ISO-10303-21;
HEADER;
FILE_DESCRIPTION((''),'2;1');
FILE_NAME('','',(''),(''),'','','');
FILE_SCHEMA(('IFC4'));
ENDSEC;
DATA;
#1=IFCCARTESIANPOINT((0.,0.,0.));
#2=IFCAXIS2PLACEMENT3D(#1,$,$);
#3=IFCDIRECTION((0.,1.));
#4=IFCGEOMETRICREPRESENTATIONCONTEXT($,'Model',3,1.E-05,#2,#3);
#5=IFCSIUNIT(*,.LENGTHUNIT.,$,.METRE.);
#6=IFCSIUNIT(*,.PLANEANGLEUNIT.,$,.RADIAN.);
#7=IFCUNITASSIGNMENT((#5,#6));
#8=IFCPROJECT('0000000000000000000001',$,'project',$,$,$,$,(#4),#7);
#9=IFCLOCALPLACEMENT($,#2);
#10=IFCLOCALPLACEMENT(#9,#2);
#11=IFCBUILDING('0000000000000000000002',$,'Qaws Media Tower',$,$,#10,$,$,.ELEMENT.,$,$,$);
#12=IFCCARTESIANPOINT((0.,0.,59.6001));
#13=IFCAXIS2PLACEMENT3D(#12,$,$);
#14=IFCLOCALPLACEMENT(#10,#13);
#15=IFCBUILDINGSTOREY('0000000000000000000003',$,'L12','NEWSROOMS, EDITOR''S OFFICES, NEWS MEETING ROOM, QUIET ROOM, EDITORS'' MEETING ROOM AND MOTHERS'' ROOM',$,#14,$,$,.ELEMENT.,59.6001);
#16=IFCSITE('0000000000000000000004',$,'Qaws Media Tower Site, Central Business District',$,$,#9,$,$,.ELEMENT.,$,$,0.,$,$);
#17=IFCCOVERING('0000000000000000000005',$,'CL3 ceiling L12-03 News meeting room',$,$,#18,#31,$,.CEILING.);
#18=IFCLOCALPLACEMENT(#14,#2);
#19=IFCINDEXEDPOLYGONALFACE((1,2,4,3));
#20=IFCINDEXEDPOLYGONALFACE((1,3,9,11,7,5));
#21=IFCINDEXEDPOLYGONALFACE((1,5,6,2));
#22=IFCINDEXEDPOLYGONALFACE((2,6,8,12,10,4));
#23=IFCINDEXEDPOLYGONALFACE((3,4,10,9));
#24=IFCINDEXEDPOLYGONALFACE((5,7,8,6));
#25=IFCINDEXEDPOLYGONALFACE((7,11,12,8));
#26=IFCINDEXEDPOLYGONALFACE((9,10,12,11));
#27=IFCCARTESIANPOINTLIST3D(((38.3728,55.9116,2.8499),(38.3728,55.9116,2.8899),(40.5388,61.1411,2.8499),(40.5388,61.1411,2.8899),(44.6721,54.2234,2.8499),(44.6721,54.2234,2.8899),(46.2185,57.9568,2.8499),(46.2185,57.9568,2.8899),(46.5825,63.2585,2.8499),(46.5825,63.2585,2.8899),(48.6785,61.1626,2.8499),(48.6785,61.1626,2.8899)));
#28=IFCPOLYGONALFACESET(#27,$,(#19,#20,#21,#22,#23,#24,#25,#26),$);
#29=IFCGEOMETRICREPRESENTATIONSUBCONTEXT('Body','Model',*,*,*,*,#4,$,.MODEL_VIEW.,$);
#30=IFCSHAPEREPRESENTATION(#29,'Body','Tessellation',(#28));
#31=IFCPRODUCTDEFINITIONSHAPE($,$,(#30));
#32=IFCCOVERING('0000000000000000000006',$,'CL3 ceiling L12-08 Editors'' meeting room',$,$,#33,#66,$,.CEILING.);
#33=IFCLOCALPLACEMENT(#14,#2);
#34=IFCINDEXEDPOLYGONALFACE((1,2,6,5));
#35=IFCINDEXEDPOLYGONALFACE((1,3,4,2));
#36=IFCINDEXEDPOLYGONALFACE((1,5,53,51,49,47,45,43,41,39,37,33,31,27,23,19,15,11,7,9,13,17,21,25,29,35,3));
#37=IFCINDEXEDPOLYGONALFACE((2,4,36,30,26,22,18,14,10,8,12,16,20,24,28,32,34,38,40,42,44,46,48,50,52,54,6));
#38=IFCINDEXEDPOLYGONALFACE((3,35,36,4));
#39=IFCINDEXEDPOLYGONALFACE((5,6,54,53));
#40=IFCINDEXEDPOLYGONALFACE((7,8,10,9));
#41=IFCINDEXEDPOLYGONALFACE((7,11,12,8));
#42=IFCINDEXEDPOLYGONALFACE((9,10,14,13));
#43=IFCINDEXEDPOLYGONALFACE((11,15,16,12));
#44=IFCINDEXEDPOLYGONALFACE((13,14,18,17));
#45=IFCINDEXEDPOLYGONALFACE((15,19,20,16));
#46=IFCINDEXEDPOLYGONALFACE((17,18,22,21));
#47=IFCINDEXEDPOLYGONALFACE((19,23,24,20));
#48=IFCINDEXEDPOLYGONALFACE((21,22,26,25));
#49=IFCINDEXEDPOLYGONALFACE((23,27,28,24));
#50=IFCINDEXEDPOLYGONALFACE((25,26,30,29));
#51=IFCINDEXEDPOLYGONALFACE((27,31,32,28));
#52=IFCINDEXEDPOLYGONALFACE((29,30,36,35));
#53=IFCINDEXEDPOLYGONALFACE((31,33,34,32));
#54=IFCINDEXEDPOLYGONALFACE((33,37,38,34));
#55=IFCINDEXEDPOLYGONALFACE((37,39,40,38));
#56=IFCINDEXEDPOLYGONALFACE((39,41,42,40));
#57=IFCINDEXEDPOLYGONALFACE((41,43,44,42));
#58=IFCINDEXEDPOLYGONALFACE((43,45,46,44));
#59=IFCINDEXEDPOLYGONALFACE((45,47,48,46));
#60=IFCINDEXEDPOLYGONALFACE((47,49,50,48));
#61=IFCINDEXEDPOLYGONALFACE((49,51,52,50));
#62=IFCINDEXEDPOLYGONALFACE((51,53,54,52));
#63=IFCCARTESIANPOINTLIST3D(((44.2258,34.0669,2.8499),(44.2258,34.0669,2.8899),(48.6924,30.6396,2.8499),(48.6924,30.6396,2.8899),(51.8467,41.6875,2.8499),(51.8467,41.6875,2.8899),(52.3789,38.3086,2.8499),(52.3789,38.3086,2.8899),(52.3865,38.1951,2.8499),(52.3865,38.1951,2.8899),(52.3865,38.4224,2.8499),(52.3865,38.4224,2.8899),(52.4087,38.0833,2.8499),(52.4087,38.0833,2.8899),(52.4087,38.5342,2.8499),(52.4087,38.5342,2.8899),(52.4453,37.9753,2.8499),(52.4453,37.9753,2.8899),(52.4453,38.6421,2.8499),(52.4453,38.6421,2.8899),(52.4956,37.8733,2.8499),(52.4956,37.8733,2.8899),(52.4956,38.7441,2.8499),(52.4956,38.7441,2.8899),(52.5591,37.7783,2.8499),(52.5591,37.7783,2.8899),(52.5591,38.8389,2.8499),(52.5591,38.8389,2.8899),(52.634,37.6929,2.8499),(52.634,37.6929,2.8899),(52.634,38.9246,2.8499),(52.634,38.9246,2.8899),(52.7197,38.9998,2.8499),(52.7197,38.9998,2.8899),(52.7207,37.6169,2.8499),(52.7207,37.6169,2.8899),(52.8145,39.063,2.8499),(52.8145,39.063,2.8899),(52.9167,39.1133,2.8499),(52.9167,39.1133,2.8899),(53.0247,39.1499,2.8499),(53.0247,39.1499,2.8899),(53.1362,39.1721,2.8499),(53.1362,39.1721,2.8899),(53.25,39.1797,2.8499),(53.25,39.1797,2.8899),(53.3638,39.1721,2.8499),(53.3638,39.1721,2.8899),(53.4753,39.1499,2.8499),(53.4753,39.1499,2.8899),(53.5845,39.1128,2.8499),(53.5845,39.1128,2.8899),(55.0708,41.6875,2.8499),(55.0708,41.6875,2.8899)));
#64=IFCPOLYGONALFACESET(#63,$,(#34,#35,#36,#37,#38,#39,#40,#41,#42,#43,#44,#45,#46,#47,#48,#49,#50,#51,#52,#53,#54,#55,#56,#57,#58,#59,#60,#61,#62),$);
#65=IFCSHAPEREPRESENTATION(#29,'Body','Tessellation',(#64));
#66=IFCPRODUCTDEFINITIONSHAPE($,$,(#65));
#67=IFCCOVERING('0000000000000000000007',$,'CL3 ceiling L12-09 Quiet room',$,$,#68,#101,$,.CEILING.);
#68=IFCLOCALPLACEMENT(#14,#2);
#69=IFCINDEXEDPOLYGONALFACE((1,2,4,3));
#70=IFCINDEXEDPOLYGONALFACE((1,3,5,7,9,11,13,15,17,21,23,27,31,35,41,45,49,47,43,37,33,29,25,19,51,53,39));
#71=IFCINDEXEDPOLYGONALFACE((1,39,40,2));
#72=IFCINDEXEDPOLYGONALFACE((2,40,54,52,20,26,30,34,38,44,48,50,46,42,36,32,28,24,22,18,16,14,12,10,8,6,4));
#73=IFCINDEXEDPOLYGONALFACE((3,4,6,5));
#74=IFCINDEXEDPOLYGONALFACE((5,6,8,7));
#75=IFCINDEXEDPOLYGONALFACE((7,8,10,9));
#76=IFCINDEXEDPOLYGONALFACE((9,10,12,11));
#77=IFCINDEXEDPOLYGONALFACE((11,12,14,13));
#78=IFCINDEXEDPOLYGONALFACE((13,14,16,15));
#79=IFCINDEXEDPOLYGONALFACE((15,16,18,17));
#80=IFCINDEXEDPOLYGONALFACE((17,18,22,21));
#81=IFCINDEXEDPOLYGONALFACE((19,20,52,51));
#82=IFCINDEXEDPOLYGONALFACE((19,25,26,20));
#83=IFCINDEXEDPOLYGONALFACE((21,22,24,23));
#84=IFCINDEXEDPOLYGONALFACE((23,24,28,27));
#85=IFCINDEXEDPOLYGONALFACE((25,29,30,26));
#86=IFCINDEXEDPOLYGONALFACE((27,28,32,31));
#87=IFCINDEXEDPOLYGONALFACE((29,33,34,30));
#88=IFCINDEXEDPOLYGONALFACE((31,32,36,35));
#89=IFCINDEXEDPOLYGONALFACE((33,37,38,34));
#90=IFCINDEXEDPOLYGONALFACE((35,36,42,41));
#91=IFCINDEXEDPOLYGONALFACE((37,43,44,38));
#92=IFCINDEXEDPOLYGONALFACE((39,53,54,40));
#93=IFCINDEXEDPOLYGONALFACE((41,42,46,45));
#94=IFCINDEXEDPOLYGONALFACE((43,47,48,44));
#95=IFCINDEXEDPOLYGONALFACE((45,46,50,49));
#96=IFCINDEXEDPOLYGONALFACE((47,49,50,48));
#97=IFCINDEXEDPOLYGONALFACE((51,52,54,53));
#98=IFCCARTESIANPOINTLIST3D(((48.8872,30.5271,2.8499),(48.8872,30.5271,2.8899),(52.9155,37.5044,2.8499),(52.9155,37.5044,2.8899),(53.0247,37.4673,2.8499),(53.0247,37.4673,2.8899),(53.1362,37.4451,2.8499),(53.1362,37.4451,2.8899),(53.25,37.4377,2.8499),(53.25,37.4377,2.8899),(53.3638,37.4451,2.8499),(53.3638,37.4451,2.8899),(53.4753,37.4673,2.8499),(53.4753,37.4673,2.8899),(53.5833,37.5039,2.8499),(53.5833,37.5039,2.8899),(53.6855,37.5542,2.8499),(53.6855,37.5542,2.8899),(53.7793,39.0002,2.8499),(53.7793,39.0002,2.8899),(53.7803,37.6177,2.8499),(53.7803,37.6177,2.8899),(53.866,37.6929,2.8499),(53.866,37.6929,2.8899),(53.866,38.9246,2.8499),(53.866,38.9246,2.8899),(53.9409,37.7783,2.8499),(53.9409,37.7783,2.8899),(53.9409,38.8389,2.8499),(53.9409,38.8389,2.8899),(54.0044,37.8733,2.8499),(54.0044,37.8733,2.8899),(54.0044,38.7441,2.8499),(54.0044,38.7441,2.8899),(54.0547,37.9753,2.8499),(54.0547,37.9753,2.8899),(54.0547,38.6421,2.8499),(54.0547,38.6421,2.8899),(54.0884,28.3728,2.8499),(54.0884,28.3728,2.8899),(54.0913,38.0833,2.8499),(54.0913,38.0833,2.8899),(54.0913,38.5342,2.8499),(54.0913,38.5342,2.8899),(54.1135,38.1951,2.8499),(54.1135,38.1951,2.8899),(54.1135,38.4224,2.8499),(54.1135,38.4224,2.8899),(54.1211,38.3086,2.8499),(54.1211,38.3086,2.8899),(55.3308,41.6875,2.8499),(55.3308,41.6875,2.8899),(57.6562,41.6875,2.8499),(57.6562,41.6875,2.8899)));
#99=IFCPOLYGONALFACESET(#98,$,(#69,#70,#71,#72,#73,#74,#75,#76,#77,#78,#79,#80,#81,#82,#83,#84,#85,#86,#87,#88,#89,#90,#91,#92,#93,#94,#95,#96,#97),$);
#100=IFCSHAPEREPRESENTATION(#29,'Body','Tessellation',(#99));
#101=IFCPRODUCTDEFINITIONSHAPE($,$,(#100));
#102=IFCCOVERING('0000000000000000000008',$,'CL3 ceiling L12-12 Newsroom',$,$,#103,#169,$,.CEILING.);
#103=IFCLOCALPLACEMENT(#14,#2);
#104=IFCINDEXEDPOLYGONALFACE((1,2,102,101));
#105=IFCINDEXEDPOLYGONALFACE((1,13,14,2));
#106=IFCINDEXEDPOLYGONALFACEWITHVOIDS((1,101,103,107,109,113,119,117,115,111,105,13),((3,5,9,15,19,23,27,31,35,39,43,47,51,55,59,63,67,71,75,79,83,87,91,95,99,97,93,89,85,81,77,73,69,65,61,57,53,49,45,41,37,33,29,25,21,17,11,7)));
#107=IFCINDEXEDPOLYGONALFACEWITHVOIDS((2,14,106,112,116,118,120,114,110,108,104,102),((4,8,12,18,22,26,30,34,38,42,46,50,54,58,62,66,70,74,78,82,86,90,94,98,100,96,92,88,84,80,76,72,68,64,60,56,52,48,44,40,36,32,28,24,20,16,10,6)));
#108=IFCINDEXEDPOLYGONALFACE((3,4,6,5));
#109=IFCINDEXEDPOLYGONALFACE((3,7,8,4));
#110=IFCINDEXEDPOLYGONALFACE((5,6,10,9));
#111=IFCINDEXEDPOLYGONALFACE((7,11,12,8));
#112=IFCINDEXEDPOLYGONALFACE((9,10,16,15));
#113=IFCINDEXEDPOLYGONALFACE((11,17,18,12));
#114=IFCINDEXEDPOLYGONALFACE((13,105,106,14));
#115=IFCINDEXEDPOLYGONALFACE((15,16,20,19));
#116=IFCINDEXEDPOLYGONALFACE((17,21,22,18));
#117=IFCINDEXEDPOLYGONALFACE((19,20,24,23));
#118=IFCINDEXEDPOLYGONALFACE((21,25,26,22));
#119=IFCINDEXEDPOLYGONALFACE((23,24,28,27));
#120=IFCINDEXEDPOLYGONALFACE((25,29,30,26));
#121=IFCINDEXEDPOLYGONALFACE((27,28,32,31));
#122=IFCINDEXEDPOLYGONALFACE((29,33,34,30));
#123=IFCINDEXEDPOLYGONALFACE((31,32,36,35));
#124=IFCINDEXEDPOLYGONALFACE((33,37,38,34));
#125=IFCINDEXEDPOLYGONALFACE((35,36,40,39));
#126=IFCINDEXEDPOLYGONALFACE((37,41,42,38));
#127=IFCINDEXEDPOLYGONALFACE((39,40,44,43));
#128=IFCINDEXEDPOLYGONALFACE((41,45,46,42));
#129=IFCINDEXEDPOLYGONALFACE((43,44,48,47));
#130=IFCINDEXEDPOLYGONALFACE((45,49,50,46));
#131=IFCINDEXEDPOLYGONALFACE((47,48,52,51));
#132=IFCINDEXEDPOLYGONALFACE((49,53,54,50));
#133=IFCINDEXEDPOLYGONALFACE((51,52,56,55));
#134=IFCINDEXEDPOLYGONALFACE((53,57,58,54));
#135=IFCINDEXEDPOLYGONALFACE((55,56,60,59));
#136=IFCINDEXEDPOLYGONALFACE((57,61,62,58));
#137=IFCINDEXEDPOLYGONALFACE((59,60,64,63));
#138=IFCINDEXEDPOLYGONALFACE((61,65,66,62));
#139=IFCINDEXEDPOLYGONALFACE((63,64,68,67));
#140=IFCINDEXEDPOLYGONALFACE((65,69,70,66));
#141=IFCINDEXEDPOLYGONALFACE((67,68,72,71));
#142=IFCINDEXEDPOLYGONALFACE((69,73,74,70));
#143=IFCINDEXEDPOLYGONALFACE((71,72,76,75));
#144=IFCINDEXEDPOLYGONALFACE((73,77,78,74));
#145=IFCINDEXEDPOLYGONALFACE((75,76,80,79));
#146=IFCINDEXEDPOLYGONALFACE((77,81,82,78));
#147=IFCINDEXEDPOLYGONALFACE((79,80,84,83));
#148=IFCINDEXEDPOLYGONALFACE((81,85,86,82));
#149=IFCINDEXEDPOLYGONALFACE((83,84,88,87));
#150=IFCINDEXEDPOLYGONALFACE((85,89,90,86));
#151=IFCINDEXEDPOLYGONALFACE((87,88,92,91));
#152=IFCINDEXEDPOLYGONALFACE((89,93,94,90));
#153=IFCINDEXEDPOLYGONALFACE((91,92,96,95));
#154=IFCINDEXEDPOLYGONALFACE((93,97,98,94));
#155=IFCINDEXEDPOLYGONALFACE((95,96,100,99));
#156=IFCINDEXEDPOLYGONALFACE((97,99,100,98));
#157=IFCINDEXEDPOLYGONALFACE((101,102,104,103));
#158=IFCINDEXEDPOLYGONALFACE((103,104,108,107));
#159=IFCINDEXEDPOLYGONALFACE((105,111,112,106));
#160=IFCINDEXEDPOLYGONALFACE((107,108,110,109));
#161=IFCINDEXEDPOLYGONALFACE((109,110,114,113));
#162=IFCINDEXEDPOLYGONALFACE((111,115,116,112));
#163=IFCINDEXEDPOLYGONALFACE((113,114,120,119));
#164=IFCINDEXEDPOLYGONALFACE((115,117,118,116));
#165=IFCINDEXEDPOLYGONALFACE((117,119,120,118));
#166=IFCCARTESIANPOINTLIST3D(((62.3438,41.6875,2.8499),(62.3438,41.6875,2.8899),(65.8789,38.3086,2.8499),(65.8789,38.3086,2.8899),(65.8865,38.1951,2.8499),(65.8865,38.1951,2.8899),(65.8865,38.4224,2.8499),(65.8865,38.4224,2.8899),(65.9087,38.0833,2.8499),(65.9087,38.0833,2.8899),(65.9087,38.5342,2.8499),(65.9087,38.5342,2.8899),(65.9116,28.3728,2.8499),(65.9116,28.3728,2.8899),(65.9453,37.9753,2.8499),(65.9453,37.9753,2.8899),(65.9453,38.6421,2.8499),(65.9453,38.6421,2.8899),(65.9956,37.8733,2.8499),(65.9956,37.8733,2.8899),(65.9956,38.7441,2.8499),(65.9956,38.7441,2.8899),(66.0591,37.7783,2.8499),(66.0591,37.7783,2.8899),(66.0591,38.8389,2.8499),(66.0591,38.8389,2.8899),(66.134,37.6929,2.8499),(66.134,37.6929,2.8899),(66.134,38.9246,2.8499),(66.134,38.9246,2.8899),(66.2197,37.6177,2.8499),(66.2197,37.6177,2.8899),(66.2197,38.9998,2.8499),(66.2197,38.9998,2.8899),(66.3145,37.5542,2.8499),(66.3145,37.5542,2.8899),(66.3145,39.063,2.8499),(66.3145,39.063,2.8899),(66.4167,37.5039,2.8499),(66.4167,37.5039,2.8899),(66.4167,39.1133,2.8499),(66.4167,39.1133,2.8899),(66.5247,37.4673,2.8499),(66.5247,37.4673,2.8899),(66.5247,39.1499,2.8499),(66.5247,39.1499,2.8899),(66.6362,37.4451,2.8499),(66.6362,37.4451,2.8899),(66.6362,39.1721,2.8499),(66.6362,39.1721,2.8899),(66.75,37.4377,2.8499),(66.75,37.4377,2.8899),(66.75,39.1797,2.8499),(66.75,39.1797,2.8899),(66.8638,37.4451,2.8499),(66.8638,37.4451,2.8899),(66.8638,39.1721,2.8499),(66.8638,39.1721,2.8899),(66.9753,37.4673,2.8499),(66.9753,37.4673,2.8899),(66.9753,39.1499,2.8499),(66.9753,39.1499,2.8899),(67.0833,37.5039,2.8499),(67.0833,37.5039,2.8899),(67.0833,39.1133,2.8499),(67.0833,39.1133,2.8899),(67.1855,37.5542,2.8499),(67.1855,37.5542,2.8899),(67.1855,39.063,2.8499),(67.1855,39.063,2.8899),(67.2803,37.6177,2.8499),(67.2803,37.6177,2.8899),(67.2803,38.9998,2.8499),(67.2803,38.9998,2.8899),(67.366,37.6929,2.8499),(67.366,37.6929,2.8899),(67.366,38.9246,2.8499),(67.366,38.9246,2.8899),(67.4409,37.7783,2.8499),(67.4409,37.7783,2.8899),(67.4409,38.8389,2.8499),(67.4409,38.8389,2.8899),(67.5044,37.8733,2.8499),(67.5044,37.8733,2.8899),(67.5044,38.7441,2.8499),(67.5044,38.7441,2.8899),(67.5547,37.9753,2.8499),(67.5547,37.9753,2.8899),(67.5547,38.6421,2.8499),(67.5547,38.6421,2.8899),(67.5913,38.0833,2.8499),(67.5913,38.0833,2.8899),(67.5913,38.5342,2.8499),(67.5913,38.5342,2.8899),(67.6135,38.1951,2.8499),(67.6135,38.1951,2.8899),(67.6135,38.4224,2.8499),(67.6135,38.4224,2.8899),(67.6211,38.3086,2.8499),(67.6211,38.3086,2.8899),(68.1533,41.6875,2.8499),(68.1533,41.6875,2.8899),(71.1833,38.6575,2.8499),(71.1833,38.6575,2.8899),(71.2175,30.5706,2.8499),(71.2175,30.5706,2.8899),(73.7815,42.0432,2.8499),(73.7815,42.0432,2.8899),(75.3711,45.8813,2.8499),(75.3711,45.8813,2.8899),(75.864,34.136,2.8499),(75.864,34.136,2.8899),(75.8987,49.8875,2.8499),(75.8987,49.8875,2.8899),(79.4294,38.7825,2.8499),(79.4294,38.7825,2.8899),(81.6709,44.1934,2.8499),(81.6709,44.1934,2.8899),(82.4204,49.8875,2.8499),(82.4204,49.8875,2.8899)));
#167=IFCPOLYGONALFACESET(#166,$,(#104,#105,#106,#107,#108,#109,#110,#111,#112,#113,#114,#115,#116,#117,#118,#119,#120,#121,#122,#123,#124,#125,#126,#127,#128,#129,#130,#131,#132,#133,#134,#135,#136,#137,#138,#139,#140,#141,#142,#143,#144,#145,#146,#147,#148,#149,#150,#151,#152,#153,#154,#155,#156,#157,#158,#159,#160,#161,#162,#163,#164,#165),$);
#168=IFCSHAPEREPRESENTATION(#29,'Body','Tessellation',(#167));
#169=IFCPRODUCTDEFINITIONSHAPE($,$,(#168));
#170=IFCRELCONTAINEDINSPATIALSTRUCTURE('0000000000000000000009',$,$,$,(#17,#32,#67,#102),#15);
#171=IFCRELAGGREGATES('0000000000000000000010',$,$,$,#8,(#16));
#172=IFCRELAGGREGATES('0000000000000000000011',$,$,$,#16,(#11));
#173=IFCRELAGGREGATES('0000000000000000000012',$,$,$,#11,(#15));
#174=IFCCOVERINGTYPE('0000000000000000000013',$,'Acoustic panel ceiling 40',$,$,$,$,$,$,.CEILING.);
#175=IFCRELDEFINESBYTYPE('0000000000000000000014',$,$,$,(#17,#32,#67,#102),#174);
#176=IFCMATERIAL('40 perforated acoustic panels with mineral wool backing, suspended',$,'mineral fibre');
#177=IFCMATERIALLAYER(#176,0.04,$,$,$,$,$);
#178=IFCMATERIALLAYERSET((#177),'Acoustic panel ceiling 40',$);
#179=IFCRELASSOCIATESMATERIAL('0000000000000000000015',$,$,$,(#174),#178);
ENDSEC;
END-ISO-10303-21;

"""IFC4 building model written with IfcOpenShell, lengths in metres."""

from ifc_helpers import new_model, si_unit, direction, frame, origin, place, context, subcontext, project, spatial, polyline, outline, extrude, material, layer, layer_set, type_object, element, save


model = new_model("IFC4")

# Units and contexts
model_context = context("Model", 3, precision=1e-05, world=origin(), true_north=direction((0.0, 1.0)))
body_context = subcontext(model_context, "Body", "Model", "MODEL_VIEW")
ifc_project = project(units=[si_unit("LENGTHUNIT", "METRE"), si_unit("PLANEANGLEUNIT", "RADIAN")], contexts=[model_context])

# Site, building, storey
site_placement = place(None, origin())
site = spatial("IfcSite", under=ifc_project, at=site_placement, Name="Qaws Media Tower Site, Central Business District", CompositionType="ELEMENT", RefElevation=0.0)
building_placement = place(site_placement, origin())
building = spatial("IfcBuilding", under=site, at=building_placement, Name="Qaws Media Tower", CompositionType="ELEMENT")
storey_placement = place(building_placement, frame((0.0, 0.0, 59.6001)))
storey = spatial("IfcBuildingStorey", under=building, at=storey_placement, Name="L12", Description="NEWSROOMS, EDITOR'S OFFICES, NEWS MEETING ROOM, QUIET ROOM, EDITORS' MEETING ROOM AND MOTHERS' ROOM", CompositionType="ELEMENT", Elevation=59.6001)

# Coverings
ifc_material_1 = material(Name="40 perforated acoustic panels with mineral wool backing, suspended", Category="mineral fibre")
ifc_layer_1 = layer(ifc_material_1, 0.04)
ifc_layer_set_1 = layer_set([ifc_layer_1], Name="Acoustic panel ceiling 40")
covering_type_1 = type_object("IfcCoveringType", Name="Acoustic panel ceiling 40", PredefinedType="CEILING", material=ifc_layer_set_1)
covering_1_placement = place(storey_placement, frame((0.0, 0.0, 2.8499)))
element("IfcCovering", 1, at=covering_1_placement, inside=storey, type_object=covering_type_1, Name="CL3 ceiling L12-03 News meeting room", PredefinedType="CEILING", context=body_context, shape_type="SweptSolid", body=[
    extrude(outline(polyline([(40.5388, 61.1411), (46.5825, 63.2585), (48.6785, 61.1626), (46.2185, 57.9568), (44.6721, 54.2234), (38.3728, 55.9116), (40.5388, 61.1411)])), origin(), (0.0, 0.0, 1.0), 0.04),
])
covering_2_placement = place(storey_placement, frame((0.0, 0.0, 2.8499)))
element("IfcCovering", 2, at=covering_2_placement, inside=storey, type_object=covering_type_1, Name="CL3 ceiling L12-08 Editors' meeting room", PredefinedType="CEILING", context=body_context, shape_type="SweptSolid", body=[
    extrude(outline(polyline([(44.2258, 34.0669), (51.8467, 41.6875), (55.0708, 41.6875), (53.5845, 39.1128), (53.4753, 39.1499), (53.3638, 39.1721), (53.25, 39.1797), (53.1362, 39.1721), (53.0247, 39.1499), (52.9167, 39.1133), (52.8145, 39.063), (52.7197, 38.9998), (52.634, 38.9246), (52.5591, 38.8389), (52.4956, 38.7441), (52.4453, 38.6421), (52.4087, 38.5342), (52.3865, 38.4224), (52.3789, 38.3086), (52.3865, 38.1951), (52.4087, 38.0833), (52.4453, 37.9753), (52.4956, 37.8733), (52.5591, 37.7783), (52.634, 37.6929), (52.7207, 37.6169), (48.6924, 30.6396), (44.2258, 34.0669)])), origin(), (0.0, 0.0, 1.0), 0.04),
])
covering_3_placement = place(storey_placement, frame((0.0, 0.0, 2.8499)))
element("IfcCovering", 3, at=covering_3_placement, inside=storey, type_object=covering_type_1, Name="CL3 ceiling L12-09 Quiet room", PredefinedType="CEILING", context=body_context, shape_type="SweptSolid", body=[
    extrude(outline(polyline([(48.8872, 30.5271), (52.9155, 37.5044), (53.0247, 37.4673), (53.1362, 37.4451), (53.25, 37.4377), (53.3638, 37.4451), (53.4753, 37.4673), (53.5833, 37.5039), (53.6855, 37.5542), (53.7803, 37.6177), (53.866, 37.6929), (53.9409, 37.7783), (54.0044, 37.8733), (54.0547, 37.9753), (54.0913, 38.0833), (54.1135, 38.1951), (54.1211, 38.3086), (54.1135, 38.4224), (54.0913, 38.5342), (54.0547, 38.6421), (54.0044, 38.7441), (53.9409, 38.8389), (53.866, 38.9246), (53.7793, 39.0002), (55.3308, 41.6875), (57.6562, 41.6875), (54.0884, 28.3728), (48.8872, 30.5271)])), origin(), (0.0, 0.0, 1.0), 0.04),
])
covering_4_placement = place(storey_placement, frame((0.0, 0.0, 2.8499)))
element("IfcCovering", 4, at=covering_4_placement, inside=storey, type_object=covering_type_1, Name="CL3 ceiling L12-12 Newsroom", PredefinedType="CEILING", context=body_context, shape_type="SweptSolid", body=[
    extrude(outline(polyline([(81.6709, 44.1934), (79.4294, 38.7825), (75.864, 34.136), (71.2175, 30.5706), (65.9116, 28.3728), (62.3438, 41.6875), (68.1533, 41.6875), (71.1833, 38.6575), (73.7815, 42.0432), (75.3711, 45.8813), (75.8987, 49.8875), (82.4204, 49.8875), (81.6709, 44.1934)]), holes=[polyline([(67.5547, 37.9753), (67.5913, 38.0833), (67.6135, 38.1951), (67.6211, 38.3086), (67.6135, 38.4224), (67.5913, 38.5342), (67.5547, 38.6421), (67.5044, 38.7441), (67.4409, 38.8389), (67.366, 38.9246), (67.2803, 38.9998), (67.1855, 39.063), (67.0833, 39.1133), (66.9753, 39.1499), (66.8638, 39.1721), (66.75, 39.1797), (66.6362, 39.1721), (66.5247, 39.1499), (66.4167, 39.1133), (66.3145, 39.063), (66.2197, 38.9998), (66.134, 38.9246), (66.0591, 38.8389), (65.9956, 38.7441), (65.9453, 38.6421), (65.9087, 38.5342), (65.8865, 38.4224), (65.8789, 38.3086), (65.8865, 38.1951), (65.9087, 38.0833), (65.9453, 37.9753), (65.9956, 37.8733), (66.0591, 37.7783), (66.134, 37.6929), (66.2197, 37.6177), (66.3145, 37.5542), (66.4167, 37.5039), (66.5247, 37.4673), (66.6362, 37.4451), (66.75, 37.4377), (66.8638, 37.4451), (66.9753, 37.4673), (67.0833, 37.5039), (67.1855, 37.5542), (67.2803, 37.6177), (67.366, 37.6929), (67.4409, 37.7783), (67.5044, 37.8733), (67.5547, 37.9753)])]), origin(), (0.0, 0.0, 1.0), 0.04),
])

save(model, "model.ifc")
